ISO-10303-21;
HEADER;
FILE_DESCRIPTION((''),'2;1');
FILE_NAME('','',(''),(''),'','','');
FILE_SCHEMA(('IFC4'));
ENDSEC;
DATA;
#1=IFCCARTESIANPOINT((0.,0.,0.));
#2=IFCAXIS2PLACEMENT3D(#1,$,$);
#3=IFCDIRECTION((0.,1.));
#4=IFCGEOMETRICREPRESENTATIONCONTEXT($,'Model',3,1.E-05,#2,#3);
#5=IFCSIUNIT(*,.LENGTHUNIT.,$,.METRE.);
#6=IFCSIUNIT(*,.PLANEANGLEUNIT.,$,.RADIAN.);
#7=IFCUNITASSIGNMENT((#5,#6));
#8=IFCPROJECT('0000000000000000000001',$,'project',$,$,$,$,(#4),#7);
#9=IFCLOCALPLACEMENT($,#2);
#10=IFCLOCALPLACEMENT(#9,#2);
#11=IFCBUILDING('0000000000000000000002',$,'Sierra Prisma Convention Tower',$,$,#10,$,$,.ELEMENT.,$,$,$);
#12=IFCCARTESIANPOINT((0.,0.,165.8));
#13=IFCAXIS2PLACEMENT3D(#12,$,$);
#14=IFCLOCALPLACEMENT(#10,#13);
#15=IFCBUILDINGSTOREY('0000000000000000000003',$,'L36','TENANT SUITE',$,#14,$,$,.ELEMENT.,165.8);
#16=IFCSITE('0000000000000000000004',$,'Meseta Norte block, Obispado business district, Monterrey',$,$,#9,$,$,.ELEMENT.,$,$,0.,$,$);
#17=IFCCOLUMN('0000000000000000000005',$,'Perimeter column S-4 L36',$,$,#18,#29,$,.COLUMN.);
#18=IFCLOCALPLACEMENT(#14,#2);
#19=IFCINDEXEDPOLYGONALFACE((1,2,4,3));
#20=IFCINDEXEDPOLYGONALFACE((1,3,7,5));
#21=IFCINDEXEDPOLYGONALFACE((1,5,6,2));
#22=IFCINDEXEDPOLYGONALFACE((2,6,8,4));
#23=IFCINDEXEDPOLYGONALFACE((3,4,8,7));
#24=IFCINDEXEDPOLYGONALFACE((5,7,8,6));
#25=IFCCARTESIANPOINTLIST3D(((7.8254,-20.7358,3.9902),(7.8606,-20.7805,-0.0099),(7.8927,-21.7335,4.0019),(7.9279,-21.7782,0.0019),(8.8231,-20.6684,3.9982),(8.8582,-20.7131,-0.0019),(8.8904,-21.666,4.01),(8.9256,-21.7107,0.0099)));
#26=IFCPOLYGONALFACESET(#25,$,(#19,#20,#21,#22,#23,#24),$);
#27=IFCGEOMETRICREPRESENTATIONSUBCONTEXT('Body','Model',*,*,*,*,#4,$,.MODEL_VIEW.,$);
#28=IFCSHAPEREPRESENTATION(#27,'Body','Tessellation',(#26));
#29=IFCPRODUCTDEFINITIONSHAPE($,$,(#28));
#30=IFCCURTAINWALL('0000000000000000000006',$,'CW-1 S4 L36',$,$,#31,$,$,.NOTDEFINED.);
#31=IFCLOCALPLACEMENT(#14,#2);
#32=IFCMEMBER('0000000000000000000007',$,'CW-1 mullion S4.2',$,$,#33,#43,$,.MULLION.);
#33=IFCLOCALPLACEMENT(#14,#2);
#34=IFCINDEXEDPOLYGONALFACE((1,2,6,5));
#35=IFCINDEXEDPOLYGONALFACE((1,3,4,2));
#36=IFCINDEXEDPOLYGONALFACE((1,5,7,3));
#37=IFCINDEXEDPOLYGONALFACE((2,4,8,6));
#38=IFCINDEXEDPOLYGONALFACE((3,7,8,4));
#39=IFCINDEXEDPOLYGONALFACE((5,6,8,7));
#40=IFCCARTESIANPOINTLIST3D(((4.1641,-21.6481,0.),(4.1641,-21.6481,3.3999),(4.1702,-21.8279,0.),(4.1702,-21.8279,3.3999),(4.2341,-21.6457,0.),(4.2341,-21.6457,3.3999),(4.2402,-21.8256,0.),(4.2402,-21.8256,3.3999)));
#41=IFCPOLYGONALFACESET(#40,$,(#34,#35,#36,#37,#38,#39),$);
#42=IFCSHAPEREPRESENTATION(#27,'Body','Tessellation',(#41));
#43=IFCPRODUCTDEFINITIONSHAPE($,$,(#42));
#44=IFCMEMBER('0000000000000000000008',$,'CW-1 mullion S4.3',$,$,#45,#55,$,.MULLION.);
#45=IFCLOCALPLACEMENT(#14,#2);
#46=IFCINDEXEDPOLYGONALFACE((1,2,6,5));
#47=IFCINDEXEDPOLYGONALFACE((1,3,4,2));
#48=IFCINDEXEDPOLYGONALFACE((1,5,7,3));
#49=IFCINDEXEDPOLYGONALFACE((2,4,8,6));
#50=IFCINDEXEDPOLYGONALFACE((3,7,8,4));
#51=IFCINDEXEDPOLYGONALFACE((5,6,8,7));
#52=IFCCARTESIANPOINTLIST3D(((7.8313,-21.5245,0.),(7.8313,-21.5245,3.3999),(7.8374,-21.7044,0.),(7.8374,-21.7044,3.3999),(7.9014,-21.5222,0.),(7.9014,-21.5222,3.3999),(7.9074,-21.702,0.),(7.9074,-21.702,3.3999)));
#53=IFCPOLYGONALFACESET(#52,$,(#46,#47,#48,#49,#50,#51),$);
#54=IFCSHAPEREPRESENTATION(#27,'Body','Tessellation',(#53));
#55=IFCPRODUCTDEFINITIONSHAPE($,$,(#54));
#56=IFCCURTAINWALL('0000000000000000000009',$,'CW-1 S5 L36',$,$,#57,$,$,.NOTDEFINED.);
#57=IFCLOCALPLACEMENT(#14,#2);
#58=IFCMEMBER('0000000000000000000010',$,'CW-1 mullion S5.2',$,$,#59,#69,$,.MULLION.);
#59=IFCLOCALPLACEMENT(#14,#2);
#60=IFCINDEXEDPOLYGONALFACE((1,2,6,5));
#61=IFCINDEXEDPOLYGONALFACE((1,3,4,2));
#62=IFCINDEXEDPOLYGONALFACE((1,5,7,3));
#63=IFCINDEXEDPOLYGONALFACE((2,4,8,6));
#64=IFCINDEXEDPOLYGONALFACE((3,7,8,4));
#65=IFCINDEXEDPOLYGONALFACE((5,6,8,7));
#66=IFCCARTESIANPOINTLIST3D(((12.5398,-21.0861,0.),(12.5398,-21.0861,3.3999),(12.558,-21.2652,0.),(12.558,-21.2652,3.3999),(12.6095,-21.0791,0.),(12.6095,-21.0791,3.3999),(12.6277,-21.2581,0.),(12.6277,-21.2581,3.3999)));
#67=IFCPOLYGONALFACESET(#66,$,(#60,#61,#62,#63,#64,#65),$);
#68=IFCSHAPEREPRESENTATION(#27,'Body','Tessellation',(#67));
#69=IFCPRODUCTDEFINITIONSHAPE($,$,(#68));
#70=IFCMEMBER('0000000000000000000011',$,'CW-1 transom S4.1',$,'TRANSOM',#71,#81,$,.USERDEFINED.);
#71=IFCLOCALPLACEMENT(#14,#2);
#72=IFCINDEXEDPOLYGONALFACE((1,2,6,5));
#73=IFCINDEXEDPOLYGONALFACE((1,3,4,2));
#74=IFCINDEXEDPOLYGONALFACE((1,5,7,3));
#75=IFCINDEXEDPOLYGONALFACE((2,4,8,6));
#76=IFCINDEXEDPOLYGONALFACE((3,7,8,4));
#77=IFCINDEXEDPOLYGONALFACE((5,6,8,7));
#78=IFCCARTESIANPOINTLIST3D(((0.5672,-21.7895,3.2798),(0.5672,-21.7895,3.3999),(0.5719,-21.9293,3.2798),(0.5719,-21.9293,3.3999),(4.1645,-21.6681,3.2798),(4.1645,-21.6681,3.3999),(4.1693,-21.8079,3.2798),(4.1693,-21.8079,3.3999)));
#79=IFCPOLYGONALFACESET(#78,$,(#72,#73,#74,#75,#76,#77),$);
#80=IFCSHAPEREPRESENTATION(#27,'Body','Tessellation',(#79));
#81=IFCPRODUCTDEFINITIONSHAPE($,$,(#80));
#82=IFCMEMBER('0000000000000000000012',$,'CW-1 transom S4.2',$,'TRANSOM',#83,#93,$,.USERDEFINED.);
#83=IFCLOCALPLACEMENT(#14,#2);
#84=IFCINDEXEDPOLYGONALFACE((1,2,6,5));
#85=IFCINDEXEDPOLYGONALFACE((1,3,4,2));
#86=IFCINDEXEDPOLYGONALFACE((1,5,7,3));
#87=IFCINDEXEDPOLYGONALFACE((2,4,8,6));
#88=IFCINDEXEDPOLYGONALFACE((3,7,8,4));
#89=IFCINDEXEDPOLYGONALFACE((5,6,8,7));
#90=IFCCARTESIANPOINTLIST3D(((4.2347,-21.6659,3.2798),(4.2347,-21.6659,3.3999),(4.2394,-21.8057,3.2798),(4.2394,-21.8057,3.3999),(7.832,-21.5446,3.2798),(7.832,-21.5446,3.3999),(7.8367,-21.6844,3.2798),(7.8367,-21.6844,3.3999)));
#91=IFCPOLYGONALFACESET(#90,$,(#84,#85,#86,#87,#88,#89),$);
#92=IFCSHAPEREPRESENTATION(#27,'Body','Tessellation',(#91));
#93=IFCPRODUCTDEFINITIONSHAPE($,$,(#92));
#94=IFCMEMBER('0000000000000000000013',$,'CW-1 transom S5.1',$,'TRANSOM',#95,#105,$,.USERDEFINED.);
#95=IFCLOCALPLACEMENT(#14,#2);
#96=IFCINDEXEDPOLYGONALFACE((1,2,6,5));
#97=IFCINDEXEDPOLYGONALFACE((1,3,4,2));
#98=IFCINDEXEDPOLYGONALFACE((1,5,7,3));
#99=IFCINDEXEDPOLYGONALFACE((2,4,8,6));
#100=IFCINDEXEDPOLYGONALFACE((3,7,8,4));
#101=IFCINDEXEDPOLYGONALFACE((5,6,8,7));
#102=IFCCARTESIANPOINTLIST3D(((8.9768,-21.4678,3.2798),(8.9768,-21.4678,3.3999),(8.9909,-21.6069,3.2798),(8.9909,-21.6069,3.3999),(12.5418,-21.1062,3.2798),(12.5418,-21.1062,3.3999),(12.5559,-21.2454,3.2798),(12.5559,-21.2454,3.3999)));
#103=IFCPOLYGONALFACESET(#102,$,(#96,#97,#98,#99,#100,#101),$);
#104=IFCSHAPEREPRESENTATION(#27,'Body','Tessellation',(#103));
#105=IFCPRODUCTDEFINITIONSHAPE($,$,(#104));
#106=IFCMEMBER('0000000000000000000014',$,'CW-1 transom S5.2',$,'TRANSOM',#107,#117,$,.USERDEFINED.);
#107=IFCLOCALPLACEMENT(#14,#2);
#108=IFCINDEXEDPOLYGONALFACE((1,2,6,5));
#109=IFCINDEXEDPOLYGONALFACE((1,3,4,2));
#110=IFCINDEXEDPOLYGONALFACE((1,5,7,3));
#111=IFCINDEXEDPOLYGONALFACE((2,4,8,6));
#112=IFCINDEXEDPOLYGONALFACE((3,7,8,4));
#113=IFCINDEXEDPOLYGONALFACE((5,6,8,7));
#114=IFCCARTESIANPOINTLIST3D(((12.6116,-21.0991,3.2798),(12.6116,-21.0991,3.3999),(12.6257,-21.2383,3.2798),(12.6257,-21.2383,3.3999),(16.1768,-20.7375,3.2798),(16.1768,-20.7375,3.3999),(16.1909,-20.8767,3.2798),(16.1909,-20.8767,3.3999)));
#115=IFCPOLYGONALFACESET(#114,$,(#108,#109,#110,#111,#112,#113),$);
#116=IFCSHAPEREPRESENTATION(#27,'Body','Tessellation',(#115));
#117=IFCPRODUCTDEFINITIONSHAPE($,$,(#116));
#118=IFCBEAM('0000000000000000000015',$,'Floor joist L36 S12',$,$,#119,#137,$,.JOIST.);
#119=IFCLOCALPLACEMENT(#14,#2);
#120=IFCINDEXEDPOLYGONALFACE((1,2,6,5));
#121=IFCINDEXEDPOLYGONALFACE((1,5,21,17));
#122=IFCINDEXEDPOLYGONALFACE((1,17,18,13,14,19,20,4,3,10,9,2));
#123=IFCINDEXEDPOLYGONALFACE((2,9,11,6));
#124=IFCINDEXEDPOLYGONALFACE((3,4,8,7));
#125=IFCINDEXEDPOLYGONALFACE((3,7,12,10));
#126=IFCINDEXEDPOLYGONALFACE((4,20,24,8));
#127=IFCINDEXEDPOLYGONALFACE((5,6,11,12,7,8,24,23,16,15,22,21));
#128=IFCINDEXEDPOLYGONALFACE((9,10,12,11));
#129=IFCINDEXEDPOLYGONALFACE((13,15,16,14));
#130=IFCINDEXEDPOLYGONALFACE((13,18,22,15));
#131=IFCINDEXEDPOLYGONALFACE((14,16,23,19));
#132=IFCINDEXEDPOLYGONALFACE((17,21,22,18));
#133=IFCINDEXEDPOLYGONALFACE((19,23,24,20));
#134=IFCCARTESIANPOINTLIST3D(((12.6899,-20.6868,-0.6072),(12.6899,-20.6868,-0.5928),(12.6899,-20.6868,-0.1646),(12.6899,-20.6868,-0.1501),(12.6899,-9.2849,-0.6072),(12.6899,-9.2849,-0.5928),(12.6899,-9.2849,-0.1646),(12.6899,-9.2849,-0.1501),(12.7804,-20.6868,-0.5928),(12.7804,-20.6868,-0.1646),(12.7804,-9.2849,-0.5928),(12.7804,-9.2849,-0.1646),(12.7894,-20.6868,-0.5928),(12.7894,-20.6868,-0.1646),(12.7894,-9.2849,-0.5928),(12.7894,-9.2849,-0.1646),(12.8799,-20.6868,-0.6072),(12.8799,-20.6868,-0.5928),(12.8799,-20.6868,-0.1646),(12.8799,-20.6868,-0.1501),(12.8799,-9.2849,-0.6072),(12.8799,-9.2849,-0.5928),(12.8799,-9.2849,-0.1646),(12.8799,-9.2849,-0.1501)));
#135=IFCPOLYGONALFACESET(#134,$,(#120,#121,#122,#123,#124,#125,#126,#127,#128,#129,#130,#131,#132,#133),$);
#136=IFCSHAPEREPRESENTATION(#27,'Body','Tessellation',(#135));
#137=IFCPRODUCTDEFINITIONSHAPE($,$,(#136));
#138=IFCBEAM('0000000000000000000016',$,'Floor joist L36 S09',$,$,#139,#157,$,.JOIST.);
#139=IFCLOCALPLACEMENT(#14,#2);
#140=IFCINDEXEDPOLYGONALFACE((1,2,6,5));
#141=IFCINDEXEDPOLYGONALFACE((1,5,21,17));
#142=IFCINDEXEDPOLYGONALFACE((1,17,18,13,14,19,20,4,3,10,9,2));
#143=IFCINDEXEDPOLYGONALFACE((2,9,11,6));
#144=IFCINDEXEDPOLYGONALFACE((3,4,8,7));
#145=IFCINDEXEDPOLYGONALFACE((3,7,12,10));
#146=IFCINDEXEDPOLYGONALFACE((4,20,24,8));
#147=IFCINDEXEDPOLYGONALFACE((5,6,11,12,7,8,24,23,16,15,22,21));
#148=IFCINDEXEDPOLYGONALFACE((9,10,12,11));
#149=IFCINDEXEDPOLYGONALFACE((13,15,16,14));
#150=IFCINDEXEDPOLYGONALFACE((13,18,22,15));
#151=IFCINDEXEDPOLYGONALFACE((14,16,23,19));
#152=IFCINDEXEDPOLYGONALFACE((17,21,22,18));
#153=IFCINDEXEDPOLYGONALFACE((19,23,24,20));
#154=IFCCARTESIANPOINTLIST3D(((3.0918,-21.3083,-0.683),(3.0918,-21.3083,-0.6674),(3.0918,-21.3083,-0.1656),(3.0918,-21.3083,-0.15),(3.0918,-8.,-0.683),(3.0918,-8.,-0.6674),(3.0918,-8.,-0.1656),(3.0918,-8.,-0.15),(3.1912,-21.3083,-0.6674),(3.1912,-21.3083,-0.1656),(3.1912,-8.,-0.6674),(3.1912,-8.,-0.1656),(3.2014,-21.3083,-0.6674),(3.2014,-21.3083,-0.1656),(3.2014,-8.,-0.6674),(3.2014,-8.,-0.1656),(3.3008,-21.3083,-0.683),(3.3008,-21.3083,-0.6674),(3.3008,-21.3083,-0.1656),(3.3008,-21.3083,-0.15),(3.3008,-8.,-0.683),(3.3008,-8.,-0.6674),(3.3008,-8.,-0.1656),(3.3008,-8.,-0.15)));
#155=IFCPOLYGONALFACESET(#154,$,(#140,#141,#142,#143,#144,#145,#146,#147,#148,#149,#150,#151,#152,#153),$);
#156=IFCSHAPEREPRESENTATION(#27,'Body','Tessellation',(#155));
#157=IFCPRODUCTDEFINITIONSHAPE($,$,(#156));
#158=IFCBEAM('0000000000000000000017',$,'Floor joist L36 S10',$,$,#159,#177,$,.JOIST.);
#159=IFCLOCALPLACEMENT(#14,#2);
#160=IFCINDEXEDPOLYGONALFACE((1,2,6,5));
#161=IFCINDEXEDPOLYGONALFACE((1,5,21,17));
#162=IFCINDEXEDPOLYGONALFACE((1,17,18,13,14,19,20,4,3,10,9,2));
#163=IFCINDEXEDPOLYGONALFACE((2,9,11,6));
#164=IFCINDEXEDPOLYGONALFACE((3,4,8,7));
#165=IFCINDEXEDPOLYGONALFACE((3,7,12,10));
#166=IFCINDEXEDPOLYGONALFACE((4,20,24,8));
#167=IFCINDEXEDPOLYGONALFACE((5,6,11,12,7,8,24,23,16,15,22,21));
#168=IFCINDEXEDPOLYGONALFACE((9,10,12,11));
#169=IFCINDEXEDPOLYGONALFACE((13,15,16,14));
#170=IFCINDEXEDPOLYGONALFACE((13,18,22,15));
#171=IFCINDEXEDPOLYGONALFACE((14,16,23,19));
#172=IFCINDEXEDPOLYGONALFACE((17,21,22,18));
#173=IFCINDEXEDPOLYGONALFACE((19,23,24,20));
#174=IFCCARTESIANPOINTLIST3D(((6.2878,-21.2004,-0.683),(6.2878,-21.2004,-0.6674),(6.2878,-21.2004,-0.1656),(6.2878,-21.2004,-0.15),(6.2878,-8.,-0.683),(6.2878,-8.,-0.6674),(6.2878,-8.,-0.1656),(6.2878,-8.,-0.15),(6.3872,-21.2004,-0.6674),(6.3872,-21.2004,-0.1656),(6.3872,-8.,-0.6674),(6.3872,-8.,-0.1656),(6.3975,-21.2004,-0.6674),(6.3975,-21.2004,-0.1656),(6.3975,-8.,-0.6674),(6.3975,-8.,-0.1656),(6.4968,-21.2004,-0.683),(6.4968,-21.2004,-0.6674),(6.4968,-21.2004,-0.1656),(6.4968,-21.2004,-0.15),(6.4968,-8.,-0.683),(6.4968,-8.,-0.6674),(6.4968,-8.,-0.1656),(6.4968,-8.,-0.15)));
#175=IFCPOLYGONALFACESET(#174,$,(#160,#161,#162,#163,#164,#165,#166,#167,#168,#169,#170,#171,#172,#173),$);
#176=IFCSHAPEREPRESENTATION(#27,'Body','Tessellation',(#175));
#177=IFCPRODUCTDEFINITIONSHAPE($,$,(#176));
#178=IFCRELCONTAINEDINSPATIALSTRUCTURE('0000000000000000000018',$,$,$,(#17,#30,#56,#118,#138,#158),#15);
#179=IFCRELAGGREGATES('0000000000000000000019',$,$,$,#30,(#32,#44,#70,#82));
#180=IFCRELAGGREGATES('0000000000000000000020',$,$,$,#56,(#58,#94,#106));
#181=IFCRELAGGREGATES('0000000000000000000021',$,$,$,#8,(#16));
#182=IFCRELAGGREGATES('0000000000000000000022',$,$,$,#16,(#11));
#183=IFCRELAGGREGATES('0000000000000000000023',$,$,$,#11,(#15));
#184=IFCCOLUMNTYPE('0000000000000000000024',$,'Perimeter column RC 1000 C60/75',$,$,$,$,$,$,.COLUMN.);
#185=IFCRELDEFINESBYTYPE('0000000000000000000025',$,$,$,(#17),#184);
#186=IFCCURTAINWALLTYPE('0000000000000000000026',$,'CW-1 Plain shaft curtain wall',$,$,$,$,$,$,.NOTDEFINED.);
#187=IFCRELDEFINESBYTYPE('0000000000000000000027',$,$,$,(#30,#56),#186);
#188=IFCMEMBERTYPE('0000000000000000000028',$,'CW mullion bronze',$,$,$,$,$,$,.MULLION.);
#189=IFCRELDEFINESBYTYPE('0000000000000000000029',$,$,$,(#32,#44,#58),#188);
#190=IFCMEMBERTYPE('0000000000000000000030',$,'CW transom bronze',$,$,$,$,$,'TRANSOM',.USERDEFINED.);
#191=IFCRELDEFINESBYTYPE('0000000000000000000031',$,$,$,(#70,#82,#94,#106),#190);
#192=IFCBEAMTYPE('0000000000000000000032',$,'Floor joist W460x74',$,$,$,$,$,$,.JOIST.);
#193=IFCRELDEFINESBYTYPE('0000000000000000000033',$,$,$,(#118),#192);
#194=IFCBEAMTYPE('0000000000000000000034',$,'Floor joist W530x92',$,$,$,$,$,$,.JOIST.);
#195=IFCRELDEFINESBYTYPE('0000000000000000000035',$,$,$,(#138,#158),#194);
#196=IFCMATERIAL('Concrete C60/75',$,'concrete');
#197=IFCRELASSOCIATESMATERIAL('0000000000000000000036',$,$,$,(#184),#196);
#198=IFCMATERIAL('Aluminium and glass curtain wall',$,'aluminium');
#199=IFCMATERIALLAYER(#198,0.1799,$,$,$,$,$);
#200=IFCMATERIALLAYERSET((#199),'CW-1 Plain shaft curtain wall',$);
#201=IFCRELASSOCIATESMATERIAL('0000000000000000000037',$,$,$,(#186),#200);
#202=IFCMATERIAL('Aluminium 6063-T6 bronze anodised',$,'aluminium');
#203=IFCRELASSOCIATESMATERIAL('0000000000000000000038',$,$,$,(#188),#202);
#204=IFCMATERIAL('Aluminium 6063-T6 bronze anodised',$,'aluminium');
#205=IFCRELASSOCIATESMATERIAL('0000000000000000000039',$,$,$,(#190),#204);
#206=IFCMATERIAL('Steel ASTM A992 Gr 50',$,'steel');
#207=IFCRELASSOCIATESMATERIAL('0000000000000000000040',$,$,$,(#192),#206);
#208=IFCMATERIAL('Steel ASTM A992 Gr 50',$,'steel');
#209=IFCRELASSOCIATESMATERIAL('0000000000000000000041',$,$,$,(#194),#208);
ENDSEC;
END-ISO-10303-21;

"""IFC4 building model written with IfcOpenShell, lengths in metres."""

from ifc_helpers import new_model, si_unit, direction, frame, origin, origin_2d, place, context, subcontext, project, spatial, rectangle, i_section, extrude, material, layer, layer_set, material_profile, profile_set, type_object, element, aggregate, save


model = new_model("IFC4")

# Units and contexts
model_context = context("Model", 3, precision=1e-05, world=origin(), true_north=direction((0.0, 1.0)))
body_context = subcontext(model_context, "Body", "Model", "MODEL_VIEW")
ifc_project = project(units=[si_unit("LENGTHUNIT", "METRE"), si_unit("PLANEANGLEUNIT", "RADIAN")], contexts=[model_context])

# Site, building, storey
site_placement = place(None, origin())
site = spatial("IfcSite", under=ifc_project, at=site_placement, Name="Meseta Norte block, Obispado business district, Monterrey", CompositionType="ELEMENT", RefElevation=0.0)
building_placement = place(site_placement, origin())
building = spatial("IfcBuilding", under=site, at=building_placement, Name="Sierra Prisma Convention Tower", CompositionType="ELEMENT")
storey_placement = place(building_placement, frame((0.0, 0.0, 165.8)))
storey = spatial("IfcBuildingStorey", under=building, at=storey_placement, Name="L36", Description="TENANT SUITE", CompositionType="ELEMENT", Elevation=165.8)

# Column
ifc_material_1 = material(Name="Concrete C60/75", Category="concrete")
ifc_material_profile_1 = material_profile(ifc_material_1, rectangle(XDim=1.0, YDim=1.0, at=origin_2d()), Name="Perimeter column RC 1000 C60/75")
ifc_profile_set_1 = profile_set([ifc_material_profile_1], Name="Concrete C60/75")
column_type = type_object("IfcColumnType", Name="Perimeter column RC 1000 C60/75", PredefinedType="COLUMN", material=ifc_profile_set_1)
column_placement = place(storey_placement, frame((8.3931, -21.2456, 0.0), z_axis=(-0.008788, 0.011168, 0.999899), x_axis=(0.997692, 0.067432, 0.008016)))
element("IfcColumn", 1, at=column_placement, inside=storey, type_object=column_type, Name="Perimeter column S-4 L36", PredefinedType="COLUMN", context=body_context, shape_type="SweptSolid", body=[
    extrude(rectangle(XDim=1.0, YDim=1.0, at=origin_2d()), origin(), (0.0, 0.0, 1.0), 4.0005),
])

# Curtain wall, members
ifc_material_2 = material(Name="Aluminium and glass curtain wall", Category="aluminium")
ifc_layer_1 = layer(ifc_material_2, 0.1799)
ifc_layer_set_1 = layer_set([ifc_layer_1], Name="CW-1 Plain shaft curtain wall")
curtain_wall_type = type_object("IfcCurtainWallType", Name="CW-1 Plain shaft curtain wall", PredefinedType="NOTDEFINED", material=ifc_layer_set_1)
curtain_wall_1_placement = place(storey_placement, origin())
curtain_wall_1 = element("IfcCurtainWall", 2, at=curtain_wall_1_placement, inside=storey, type_object=curtain_wall_type, Name="CW-1 S4 L36", PredefinedType="NOTDEFINED")
ifc_material_3 = material(Name="Aluminium 6063-T6 bronze anodised", Category="aluminium")
ifc_material_profile_2 = material_profile(ifc_material_3, rectangle(XDim=0.1799, YDim=0.0701, at=origin_2d()), Name="ALU MULLION 70x180")
ifc_profile_set_2 = profile_set([ifc_material_profile_2], Name="Aluminium 6063-T6 bronze anodised")
member_type_1 = type_object("IfcMemberType", Name="CW mullion bronze", PredefinedType="MULLION", material=ifc_profile_set_2)
member_1_placement = place(storey_placement, frame((4.2021, -21.7368, 0.0), z_axis=(0.0, 0.0, 1.0), x_axis=(-0.033688, 0.999432, 0.0)))
member_1 = element("IfcMember", 3, at=member_1_placement, type_object=member_type_1, Name="CW-1 mullion S4.2", PredefinedType="MULLION", context=body_context, shape_type="SweptSolid", body=[
    extrude(rectangle(XDim=0.1799, YDim=0.0701, at=origin_2d()), origin(), (0.0, 0.0, 1.0), 3.3999),
])
member_2_placement = place(storey_placement, frame((7.8694, -21.6133, 0.0), z_axis=(0.0, 0.0, 1.0), x_axis=(-0.033688, 0.999432, 0.0)))
member_2 = element("IfcMember", 4, at=member_2_placement, type_object=member_type_1, Name="CW-1 mullion S4.3", PredefinedType="MULLION", context=body_context, shape_type="SweptSolid", body=[
    extrude(rectangle(XDim=0.1799, YDim=0.0701, at=origin_2d()), origin(), (0.0, 0.0, 1.0), 3.3999),
])

# Curtain wall, member
curtain_wall_2_placement = place(storey_placement, origin())
curtain_wall_2 = element("IfcCurtainWall", 5, at=curtain_wall_2_placement, inside=storey, type_object=curtain_wall_type, Name="CW-1 S5 L36", PredefinedType="NOTDEFINED")
member_3_placement = place(storey_placement, frame((12.5837, -21.1721, 0.0), z_axis=(0.0, 0.0, 1.0), x_axis=(-0.100911, 0.994895, 0.0)))
member_3 = element("IfcMember", 6, at=member_3_placement, type_object=member_type_1, Name="CW-1 mullion S5.2", PredefinedType="MULLION", context=body_context, shape_type="SweptSolid", body=[
    extrude(rectangle(XDim=0.1799, YDim=0.0701, at=origin_2d()), origin(), (0.0, 0.0, 1.0), 3.3999),
])

# Members
ifc_material_4 = material(Name="Aluminium 6063-T6 bronze anodised", Category="aluminium")
ifc_material_profile_3 = material_profile(ifc_material_4, rectangle(XDim=0.1399, YDim=0.1201, at=origin_2d()), Name="ALU TRANSOM 120x140")
ifc_profile_set_3 = profile_set([ifc_material_profile_3], Name="Aluminium 6063-T6 bronze anodised")
member_type_2 = type_object("IfcMemberType", Name="CW transom bronze", ElementType="TRANSOM", PredefinedType="USERDEFINED", material=ifc_profile_set_3)
member_4_placement = place(storey_placement, frame((0.5696, -21.8594, 3.3398), z_axis=(0.999432, 0.03371, 0.0), x_axis=(-0.03371, 0.999432, 0.0)))
member_4 = element("IfcMember", 7, at=member_4_placement, type_object=member_type_2, Name="CW-1 transom S4.1", ObjectType="TRANSOM", PredefinedType="USERDEFINED", context=body_context, shape_type="SweptSolid", body=[
    extrude(rectangle(XDim=0.1399, YDim=0.1201, at=origin_2d()), origin(), (0.0, 0.0, 1.0), 3.5994),
])
member_5_placement = place(storey_placement, frame((4.2371, -21.7358, 3.3398), z_axis=(0.999432, 0.03371, 0.0), x_axis=(-0.03371, 0.999432, 0.0)))
member_5 = element("IfcMember", 8, at=member_5_placement, type_object=member_type_2, Name="CW-1 transom S4.2", ObjectType="TRANSOM", PredefinedType="USERDEFINED", context=body_context, shape_type="SweptSolid", body=[
    extrude(rectangle(XDim=0.1399, YDim=0.1201, at=origin_2d()), origin(), (0.0, 0.0, 1.0), 3.5994),
])
member_6_placement = place(storey_placement, frame((8.9839, -21.5374, 3.3398), z_axis=(0.994896, 0.100907, 0.0), x_axis=(-0.100907, 0.994896, 0.0)))
member_6 = element("IfcMember", 9, at=member_6_placement, type_object=member_type_2, Name="CW-1 transom S5.1", ObjectType="TRANSOM", PredefinedType="USERDEFINED", context=body_context, shape_type="SweptSolid", body=[
    extrude(rectangle(XDim=0.1399, YDim=0.1201, at=origin_2d()), origin(), (0.0, 0.0, 1.0), 3.5833),
])
member_7_placement = place(storey_placement, frame((12.6187, -21.1687, 3.3398), z_axis=(0.994897, 0.1009, 0.0), x_axis=(-0.1009, 0.994897, 0.0)))
member_7 = element("IfcMember", 10, at=member_7_placement, type_object=member_type_2, Name="CW-1 transom S5.2", ObjectType="TRANSOM", PredefinedType="USERDEFINED", context=body_context, shape_type="SweptSolid", body=[
    extrude(rectangle(XDim=0.1399, YDim=0.1201, at=origin_2d()), origin(), (0.0, 0.0, 1.0), 3.5835),
])

# Beams
ifc_material_5 = material(Name="Steel ASTM A992 Gr 50", Category="steel")
ifc_material_profile_4 = material_profile(ifc_material_5, i_section(OverallWidth=0.1899, OverallDepth=0.457, WebThickness=0.009, FlangeThickness=0.0144, at=origin_2d()), Name="W460x74")
ifc_profile_set_4 = profile_set([ifc_material_profile_4], Name="Steel ASTM A992 Gr 50")
beam_type_1 = type_object("IfcBeamType", Name="Floor joist W460x74", PredefinedType="JOIST", material=ifc_profile_set_4)
beam_1_placement = place(storey_placement, frame((12.7849, -20.6868, -0.3787), z_axis=(0.0, 1.0, 0.0), x_axis=(-1.0, 0.0, 0.0)))
element("IfcBeam", 11, at=beam_1_placement, inside=storey, type_object=beam_type_1, Name="Floor joist L36 S12", PredefinedType="JOIST", context=body_context, shape_type="SweptSolid", body=[
    extrude(i_section(OverallWidth=0.1899, OverallDepth=0.457, WebThickness=0.009, FlangeThickness=0.0144, at=origin_2d()), origin(), (0.0, 0.0, 1.0), 11.4019),
])
ifc_material_6 = material(Name="Steel ASTM A992 Gr 50", Category="steel")
ifc_material_profile_5 = material_profile(ifc_material_6, i_section(OverallWidth=0.209, OverallDepth=0.533, WebThickness=0.0103, FlangeThickness=0.0156, at=origin_2d()), Name="W530x92")
ifc_profile_set_5 = profile_set([ifc_material_profile_5], Name="Steel ASTM A992 Gr 50")
beam_type_2 = type_object("IfcBeamType", Name="Floor joist W530x92", PredefinedType="JOIST", material=ifc_profile_set_5)
beam_2_placement = place(storey_placement, frame((3.1963, -21.3083, -0.4165), z_axis=(0.0, 1.0, 0.0), x_axis=(-1.0, 0.0, 0.0)))
element("IfcBeam", 12, at=beam_2_placement, inside=storey, type_object=beam_type_2, Name="Floor joist L36 S09", PredefinedType="JOIST", context=body_context, shape_type="SweptSolid", body=[
    extrude(i_section(OverallWidth=0.209, OverallDepth=0.533, WebThickness=0.0103, FlangeThickness=0.0156, at=origin_2d()), origin(), (0.0, 0.0, 1.0), 13.3083),
])
beam_3_placement = place(storey_placement, frame((6.3923, -21.2004, -0.4165), z_axis=(0.0, 1.0, 0.0), x_axis=(-1.0, 0.0, 0.0)))
element("IfcBeam", 13, at=beam_3_placement, inside=storey, type_object=beam_type_2, Name="Floor joist L36 S10", PredefinedType="JOIST", context=body_context, shape_type="SweptSolid", body=[
    extrude(i_section(OverallWidth=0.209, OverallDepth=0.533, WebThickness=0.0103, FlangeThickness=0.0156, at=origin_2d()), origin(), (0.0, 0.0, 1.0), 13.2004),
])

aggregate(curtain_wall_1, [member_1, member_2, member_4, member_5])
aggregate(curtain_wall_2, [member_3, member_6, member_7])

save(model, "model.ifc")
